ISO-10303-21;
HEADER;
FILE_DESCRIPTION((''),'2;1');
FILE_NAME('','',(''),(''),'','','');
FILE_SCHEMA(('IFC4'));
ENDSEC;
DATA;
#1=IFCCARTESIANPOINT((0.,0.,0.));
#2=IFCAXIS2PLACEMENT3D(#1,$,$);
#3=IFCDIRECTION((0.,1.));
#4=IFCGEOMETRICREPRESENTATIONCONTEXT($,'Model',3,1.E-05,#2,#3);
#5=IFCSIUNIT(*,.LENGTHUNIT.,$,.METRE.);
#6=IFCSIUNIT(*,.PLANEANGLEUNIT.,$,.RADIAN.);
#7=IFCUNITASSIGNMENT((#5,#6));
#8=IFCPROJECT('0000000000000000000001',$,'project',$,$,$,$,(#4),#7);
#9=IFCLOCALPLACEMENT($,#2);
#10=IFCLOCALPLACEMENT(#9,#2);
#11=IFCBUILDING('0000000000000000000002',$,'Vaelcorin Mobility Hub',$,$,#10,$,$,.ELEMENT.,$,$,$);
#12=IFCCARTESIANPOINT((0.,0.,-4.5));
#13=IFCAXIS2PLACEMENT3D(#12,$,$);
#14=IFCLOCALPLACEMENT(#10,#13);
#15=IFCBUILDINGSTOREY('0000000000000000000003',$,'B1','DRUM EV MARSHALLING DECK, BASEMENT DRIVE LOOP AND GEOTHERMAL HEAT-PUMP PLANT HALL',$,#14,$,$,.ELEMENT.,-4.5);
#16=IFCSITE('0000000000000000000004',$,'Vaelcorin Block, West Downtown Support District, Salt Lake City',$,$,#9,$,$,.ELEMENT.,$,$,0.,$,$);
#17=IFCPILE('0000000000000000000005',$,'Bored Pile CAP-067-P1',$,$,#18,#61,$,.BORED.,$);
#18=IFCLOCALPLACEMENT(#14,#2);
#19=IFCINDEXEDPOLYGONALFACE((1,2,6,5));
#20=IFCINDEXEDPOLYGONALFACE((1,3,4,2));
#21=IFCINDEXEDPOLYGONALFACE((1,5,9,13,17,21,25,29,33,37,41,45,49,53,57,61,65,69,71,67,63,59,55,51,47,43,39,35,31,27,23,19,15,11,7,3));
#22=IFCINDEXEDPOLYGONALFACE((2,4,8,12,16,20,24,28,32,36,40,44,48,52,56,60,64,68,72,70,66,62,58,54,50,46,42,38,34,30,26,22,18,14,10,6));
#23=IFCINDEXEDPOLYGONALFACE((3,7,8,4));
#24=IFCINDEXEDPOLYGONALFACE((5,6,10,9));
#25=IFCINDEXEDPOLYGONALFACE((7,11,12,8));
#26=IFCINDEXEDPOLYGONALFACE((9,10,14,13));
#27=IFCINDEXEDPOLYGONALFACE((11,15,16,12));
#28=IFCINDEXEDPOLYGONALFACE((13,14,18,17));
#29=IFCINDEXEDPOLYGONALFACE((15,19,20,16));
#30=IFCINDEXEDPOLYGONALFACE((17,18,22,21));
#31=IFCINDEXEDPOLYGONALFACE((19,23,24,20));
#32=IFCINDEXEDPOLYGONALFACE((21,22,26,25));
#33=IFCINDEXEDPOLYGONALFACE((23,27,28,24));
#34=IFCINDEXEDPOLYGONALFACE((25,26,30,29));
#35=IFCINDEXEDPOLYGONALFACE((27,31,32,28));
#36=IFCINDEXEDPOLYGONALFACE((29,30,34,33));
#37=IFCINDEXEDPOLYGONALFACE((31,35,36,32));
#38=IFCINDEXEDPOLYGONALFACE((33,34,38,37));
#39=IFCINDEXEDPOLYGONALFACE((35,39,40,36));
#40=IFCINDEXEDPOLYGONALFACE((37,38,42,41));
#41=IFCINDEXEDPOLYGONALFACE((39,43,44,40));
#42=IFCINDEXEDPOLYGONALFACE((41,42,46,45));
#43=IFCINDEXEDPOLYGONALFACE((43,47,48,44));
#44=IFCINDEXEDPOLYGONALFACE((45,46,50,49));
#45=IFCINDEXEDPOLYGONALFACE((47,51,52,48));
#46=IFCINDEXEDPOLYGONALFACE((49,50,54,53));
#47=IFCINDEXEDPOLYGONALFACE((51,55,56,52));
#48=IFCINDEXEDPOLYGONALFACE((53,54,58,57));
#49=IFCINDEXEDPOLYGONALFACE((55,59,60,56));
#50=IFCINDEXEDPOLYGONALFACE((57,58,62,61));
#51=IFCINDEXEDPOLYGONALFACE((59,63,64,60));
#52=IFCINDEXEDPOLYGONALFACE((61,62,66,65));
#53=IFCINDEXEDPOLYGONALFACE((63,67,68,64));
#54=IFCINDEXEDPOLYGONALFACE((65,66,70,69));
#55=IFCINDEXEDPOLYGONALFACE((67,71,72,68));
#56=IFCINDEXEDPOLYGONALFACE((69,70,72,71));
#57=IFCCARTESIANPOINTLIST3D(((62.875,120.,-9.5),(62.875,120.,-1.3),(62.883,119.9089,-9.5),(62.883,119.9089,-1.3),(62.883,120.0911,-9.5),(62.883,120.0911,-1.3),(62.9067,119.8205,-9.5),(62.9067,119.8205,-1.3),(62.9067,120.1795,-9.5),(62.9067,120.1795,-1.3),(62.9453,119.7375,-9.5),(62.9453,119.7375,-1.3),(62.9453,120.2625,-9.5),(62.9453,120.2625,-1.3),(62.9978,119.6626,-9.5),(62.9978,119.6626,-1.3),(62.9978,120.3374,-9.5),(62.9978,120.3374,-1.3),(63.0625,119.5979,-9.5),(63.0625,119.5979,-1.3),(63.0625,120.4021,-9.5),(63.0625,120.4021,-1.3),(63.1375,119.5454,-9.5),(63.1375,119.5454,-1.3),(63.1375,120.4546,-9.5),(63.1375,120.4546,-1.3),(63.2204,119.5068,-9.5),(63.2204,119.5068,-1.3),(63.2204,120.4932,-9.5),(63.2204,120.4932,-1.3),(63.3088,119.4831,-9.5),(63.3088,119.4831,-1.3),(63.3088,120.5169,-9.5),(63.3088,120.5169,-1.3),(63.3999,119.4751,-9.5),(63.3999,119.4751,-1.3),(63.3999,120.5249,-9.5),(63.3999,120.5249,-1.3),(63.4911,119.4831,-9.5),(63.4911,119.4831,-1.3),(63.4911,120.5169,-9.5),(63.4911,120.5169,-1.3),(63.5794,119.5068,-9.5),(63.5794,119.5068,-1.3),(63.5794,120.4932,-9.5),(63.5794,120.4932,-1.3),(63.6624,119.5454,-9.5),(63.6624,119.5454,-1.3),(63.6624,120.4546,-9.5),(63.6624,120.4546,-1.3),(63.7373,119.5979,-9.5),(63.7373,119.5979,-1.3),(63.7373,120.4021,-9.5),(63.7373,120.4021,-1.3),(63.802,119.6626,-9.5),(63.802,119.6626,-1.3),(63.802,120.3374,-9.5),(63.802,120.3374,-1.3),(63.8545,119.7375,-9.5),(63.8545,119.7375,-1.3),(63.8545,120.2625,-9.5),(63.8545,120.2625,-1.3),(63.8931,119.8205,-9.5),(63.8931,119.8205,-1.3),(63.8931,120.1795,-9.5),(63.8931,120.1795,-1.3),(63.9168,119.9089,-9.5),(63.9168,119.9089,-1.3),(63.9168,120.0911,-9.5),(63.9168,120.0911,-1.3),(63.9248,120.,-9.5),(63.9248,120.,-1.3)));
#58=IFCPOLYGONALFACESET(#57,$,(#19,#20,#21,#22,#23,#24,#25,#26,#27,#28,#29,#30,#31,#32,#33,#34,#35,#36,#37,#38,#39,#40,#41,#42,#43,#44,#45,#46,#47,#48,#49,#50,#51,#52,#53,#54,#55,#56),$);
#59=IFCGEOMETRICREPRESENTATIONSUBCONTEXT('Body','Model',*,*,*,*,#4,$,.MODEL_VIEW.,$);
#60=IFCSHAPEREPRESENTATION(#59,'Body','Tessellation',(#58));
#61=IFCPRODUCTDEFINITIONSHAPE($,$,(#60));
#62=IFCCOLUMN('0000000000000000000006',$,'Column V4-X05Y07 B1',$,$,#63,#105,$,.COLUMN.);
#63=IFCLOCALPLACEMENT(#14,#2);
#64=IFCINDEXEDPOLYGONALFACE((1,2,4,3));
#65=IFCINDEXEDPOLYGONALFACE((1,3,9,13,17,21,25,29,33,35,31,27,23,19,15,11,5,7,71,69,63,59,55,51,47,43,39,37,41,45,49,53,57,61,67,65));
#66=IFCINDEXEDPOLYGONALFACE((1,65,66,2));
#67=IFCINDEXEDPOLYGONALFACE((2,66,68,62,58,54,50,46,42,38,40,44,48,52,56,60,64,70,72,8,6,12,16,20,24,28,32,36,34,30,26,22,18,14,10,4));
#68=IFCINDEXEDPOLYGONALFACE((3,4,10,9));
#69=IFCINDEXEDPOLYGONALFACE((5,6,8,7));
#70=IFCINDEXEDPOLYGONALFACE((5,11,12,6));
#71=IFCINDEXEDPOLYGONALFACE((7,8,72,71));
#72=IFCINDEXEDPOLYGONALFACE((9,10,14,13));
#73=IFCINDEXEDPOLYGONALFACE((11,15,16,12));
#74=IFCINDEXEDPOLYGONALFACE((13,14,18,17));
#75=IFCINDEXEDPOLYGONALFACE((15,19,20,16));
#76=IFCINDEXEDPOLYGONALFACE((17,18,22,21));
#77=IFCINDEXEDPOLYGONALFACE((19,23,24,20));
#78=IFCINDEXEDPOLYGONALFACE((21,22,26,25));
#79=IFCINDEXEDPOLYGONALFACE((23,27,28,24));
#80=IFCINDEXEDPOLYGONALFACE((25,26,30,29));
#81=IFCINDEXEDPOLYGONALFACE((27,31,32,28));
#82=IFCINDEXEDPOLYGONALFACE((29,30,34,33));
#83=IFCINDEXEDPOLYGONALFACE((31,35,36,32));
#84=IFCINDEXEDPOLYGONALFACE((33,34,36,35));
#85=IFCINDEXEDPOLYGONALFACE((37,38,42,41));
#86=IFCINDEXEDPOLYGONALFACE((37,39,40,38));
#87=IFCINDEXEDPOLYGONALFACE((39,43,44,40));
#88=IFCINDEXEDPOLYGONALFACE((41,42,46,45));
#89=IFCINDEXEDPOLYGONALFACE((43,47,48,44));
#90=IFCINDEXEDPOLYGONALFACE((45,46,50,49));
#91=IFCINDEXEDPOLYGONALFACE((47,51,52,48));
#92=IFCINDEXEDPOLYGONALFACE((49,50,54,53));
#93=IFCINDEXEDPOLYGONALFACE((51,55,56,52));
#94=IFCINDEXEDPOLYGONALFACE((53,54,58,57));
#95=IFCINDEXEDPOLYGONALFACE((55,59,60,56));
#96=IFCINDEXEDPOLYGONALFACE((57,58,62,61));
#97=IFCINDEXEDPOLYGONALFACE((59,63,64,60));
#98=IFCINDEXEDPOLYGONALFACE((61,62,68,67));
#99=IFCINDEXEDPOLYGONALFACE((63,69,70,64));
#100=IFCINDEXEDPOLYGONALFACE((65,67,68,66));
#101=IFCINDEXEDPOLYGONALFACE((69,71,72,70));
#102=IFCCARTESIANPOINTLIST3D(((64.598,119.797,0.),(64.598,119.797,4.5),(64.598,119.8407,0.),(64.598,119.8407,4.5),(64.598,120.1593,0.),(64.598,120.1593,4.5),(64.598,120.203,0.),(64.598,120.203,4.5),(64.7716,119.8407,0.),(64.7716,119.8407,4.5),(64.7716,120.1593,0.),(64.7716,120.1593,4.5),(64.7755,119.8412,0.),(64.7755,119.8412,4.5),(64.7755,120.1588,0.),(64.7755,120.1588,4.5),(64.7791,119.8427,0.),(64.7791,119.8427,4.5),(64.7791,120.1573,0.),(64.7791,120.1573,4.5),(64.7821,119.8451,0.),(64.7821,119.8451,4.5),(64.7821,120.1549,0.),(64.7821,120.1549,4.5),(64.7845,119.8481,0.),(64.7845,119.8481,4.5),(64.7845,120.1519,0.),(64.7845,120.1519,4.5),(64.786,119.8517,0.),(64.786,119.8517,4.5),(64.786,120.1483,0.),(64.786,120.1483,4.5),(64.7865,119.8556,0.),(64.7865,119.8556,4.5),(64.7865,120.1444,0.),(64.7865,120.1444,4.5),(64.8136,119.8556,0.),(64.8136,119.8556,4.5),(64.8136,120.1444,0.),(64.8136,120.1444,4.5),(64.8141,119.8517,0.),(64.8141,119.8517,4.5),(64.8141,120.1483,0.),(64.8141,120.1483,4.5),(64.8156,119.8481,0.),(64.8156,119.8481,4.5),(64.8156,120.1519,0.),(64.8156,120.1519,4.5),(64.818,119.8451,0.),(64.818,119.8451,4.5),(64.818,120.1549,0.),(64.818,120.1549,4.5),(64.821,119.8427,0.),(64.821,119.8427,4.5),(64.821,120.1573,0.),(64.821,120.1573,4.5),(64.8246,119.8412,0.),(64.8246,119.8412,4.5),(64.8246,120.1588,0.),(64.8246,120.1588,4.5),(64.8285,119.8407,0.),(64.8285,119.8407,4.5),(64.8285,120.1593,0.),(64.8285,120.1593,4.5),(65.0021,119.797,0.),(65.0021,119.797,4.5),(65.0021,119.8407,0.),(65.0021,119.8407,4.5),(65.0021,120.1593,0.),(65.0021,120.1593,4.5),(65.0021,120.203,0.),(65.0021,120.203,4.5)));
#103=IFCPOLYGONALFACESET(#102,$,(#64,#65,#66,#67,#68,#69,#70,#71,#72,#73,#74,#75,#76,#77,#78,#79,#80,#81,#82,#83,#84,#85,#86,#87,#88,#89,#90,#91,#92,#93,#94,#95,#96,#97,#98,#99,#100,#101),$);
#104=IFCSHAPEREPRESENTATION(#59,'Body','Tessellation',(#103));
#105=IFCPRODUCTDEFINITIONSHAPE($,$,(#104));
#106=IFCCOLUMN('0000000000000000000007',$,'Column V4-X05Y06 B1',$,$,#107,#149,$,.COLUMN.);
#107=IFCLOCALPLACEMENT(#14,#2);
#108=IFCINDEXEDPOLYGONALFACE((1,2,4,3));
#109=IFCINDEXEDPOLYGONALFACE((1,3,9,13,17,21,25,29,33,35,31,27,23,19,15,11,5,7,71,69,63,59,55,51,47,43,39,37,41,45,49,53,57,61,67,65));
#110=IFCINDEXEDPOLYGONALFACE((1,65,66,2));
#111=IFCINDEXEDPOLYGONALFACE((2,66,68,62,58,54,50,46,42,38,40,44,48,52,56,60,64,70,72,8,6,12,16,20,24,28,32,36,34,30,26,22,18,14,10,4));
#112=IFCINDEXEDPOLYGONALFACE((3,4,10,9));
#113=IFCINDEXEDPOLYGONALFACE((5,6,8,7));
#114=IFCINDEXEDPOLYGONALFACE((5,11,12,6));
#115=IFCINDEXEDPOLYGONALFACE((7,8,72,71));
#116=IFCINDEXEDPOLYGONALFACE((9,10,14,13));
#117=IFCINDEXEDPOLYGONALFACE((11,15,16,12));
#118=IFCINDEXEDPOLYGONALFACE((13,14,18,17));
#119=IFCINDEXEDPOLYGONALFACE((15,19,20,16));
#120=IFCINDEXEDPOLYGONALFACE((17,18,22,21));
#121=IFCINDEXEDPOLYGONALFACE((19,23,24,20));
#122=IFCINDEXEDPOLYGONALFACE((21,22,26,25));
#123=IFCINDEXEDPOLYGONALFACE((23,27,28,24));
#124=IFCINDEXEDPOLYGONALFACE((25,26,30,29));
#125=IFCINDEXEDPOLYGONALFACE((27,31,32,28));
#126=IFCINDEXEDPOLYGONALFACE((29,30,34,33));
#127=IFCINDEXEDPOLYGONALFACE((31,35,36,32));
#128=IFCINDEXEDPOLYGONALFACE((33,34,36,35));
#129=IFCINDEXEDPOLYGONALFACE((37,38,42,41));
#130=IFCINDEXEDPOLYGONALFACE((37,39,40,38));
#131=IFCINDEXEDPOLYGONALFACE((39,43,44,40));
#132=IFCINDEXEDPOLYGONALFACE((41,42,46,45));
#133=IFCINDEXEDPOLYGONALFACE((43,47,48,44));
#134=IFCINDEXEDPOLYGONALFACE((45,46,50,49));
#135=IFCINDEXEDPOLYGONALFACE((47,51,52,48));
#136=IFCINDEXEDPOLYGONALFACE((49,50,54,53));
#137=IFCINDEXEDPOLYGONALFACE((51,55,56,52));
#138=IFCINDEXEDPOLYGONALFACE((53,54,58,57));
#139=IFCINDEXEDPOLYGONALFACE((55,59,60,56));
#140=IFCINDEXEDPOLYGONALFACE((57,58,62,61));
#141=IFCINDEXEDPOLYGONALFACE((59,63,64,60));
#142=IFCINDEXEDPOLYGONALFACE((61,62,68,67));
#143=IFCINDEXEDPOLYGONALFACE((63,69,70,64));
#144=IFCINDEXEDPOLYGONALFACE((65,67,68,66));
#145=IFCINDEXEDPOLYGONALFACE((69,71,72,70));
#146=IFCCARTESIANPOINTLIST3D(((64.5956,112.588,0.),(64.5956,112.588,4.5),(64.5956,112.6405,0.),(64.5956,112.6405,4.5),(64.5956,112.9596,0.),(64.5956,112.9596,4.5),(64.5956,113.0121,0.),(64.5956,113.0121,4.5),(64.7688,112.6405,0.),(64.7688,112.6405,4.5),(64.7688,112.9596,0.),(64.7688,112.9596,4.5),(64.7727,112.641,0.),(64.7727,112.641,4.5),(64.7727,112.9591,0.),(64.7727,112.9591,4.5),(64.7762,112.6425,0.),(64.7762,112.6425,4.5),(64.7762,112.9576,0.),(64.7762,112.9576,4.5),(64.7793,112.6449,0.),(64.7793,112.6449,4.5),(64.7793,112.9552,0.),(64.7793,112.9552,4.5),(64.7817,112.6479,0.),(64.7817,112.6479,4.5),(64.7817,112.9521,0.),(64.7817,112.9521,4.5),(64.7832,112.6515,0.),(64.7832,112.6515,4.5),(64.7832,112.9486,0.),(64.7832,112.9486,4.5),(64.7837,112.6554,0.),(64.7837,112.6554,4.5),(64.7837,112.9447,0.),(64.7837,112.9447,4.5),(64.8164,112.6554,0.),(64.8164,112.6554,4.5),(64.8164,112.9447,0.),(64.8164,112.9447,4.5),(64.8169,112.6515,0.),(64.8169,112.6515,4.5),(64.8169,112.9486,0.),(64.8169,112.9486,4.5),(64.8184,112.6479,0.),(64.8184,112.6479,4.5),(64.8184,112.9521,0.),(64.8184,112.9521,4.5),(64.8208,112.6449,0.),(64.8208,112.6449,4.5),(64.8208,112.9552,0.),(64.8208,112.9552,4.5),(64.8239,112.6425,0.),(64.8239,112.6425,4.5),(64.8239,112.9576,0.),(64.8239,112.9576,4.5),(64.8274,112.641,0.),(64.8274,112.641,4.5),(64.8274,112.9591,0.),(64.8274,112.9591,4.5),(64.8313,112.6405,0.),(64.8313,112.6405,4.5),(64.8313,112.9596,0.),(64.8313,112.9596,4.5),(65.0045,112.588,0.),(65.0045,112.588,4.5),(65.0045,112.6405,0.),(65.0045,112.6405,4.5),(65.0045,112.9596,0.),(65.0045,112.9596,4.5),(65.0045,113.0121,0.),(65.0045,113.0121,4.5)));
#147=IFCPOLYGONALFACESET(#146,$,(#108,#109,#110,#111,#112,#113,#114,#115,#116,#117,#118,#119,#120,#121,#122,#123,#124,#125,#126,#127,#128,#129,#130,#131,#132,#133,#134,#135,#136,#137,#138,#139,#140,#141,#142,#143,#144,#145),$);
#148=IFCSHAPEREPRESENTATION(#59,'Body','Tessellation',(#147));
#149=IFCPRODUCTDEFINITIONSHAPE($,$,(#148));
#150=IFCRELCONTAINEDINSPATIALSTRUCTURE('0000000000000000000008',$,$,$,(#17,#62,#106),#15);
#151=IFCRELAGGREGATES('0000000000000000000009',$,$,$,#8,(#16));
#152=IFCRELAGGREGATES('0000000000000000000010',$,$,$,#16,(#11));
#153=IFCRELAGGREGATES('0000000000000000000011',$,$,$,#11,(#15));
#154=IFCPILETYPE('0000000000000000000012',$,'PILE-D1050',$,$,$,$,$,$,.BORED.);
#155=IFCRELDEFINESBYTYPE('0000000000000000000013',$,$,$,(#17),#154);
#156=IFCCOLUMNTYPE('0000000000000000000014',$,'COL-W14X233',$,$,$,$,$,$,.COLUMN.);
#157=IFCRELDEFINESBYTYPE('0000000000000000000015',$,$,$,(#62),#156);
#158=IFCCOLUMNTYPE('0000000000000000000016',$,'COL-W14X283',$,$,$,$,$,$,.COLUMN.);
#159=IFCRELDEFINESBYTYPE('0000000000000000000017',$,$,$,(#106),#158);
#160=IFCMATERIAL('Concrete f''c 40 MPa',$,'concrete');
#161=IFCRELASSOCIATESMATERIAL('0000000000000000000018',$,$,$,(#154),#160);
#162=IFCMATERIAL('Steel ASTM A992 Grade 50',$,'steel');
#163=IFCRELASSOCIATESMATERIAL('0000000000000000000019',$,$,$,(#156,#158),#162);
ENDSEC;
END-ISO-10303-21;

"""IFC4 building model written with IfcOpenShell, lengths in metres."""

from ifc_helpers import new_model, si_unit, direction, frame, origin, origin_2d, place, context, subcontext, project, spatial, circle, i_section, extrude, material, material_profile, profile_set, type_object, element, save


model = new_model("IFC4")

# Units and contexts
model_context = context("Model", 3, precision=1e-05, world=origin(), true_north=direction((0.0, 1.0)))
body_context = subcontext(model_context, "Body", "Model", "MODEL_VIEW")
ifc_project = project(units=[si_unit("LENGTHUNIT", "METRE"), si_unit("PLANEANGLEUNIT", "RADIAN")], contexts=[model_context])

# Site, building, storey
site_placement = place(None, origin())
site = spatial("IfcSite", under=ifc_project, at=site_placement, Name="Vaelcorin Block, West Downtown Support District, Salt Lake City", CompositionType="ELEMENT", RefElevation=0.0)
building_placement = place(site_placement, origin())
building = spatial("IfcBuilding", under=site, at=building_placement, Name="Vaelcorin Mobility Hub", CompositionType="ELEMENT")
storey_placement = place(building_placement, frame((0.0, 0.0, -4.5)))
storey = spatial("IfcBuildingStorey", under=building, at=storey_placement, Name="B1", Description="DRUM EV MARSHALLING DECK, BASEMENT DRIVE LOOP AND GEOTHERMAL HEAT-PUMP PLANT HALL", CompositionType="ELEMENT", Elevation=-4.5)

# Shared definitions
ifc_material_1 = material(Name="Concrete f'c 40 MPa", Category="concrete")

# Pile
ifc_material_profile_1 = material_profile(ifc_material_1, circle(Radius=0.5249, at=origin_2d()), Name="BP-D1050")
ifc_profile_set_1 = profile_set([ifc_material_profile_1], Name="Concrete f'c 40 MPa")
pile_type = type_object("IfcPileType", Name="PILE-D1050", PredefinedType="BORED", material=ifc_profile_set_1)
for number, where, z_axis, x_axis, name in (
    (1, (63.3999, 120.0, -1.3), (0.0, 0.0, -1.0), (1.0, 0.0, 0.0), "Bored Pile CAP-067-P1"),
):
    element("IfcPile", number, at=place(storey_placement, frame(where, z_axis=z_axis, x_axis=x_axis)), inside=storey, type_object=pile_type, Name=name, PredefinedType="BORED", context=body_context, shape_type="SweptSolid", body=[
        extrude(circle(Radius=0.5249, at=origin_2d()), origin(), (0.0, 0.0, 1.0), 8.2),
    ])

# Columns
ifc_material_2 = material(Name="Steel ASTM A992 Grade 50", Category="steel")
ifc_material_profile_2 = material_profile(ifc_material_2, i_section(OverallWidth=0.4041, OverallDepth=0.406, WebThickness=0.0271, FlangeThickness=0.0437, FilletRadius=0.0149, at=origin_2d()), Name="W14X233")
ifc_profile_set_2 = profile_set([ifc_material_profile_2], Name="Steel ASTM A992 Grade 50")
column_type_1 = type_object("IfcColumnType", Name="COL-W14X233", PredefinedType="COLUMN", material=ifc_profile_set_2)
column_1_placement = place(storey_placement, frame((64.8, 120.0, 0.0), z_axis=(0.0, 0.0, 1.0), x_axis=(1.0, 0.0, 0.0)))
element("IfcColumn", 2, at=column_1_placement, inside=storey, type_object=column_type_1, Name="Column V4-X05Y07 B1", PredefinedType="COLUMN", context=body_context, shape_type="SweptSolid", body=[
    extrude(i_section(OverallWidth=0.4041, OverallDepth=0.406, WebThickness=0.0271, FlangeThickness=0.0437, FilletRadius=0.0149, at=origin_2d()), origin(), (0.0, 0.0, 1.0), 4.5),
])
ifc_material_profile_3 = material_profile(ifc_material_2, i_section(OverallWidth=0.4089, OverallDepth=0.4241, WebThickness=0.0327, FlangeThickness=0.0525, FilletRadius=0.0149, at=origin_2d()), Name="W14X283")
ifc_profile_set_3 = profile_set([ifc_material_profile_3], Name="Steel ASTM A992 Grade 50")
column_type_2 = type_object("IfcColumnType", Name="COL-W14X283", PredefinedType="COLUMN", material=ifc_profile_set_3)
column_2_placement = place(storey_placement, frame((64.8, 112.8, 0.0), z_axis=(0.0, 0.0, 1.0), x_axis=(1.0, 0.0, 0.0)))
element("IfcColumn", 3, at=column_2_placement, inside=storey, type_object=column_type_2, Name="Column V4-X05Y06 B1", PredefinedType="COLUMN", context=body_context, shape_type="SweptSolid", body=[
    extrude(i_section(OverallWidth=0.4089, OverallDepth=0.4241, WebThickness=0.0327, FlangeThickness=0.0525, FilletRadius=0.0149, at=origin_2d()), origin(), (0.0, 0.0, 1.0), 4.5),
])

save(model, "model.ifc")
